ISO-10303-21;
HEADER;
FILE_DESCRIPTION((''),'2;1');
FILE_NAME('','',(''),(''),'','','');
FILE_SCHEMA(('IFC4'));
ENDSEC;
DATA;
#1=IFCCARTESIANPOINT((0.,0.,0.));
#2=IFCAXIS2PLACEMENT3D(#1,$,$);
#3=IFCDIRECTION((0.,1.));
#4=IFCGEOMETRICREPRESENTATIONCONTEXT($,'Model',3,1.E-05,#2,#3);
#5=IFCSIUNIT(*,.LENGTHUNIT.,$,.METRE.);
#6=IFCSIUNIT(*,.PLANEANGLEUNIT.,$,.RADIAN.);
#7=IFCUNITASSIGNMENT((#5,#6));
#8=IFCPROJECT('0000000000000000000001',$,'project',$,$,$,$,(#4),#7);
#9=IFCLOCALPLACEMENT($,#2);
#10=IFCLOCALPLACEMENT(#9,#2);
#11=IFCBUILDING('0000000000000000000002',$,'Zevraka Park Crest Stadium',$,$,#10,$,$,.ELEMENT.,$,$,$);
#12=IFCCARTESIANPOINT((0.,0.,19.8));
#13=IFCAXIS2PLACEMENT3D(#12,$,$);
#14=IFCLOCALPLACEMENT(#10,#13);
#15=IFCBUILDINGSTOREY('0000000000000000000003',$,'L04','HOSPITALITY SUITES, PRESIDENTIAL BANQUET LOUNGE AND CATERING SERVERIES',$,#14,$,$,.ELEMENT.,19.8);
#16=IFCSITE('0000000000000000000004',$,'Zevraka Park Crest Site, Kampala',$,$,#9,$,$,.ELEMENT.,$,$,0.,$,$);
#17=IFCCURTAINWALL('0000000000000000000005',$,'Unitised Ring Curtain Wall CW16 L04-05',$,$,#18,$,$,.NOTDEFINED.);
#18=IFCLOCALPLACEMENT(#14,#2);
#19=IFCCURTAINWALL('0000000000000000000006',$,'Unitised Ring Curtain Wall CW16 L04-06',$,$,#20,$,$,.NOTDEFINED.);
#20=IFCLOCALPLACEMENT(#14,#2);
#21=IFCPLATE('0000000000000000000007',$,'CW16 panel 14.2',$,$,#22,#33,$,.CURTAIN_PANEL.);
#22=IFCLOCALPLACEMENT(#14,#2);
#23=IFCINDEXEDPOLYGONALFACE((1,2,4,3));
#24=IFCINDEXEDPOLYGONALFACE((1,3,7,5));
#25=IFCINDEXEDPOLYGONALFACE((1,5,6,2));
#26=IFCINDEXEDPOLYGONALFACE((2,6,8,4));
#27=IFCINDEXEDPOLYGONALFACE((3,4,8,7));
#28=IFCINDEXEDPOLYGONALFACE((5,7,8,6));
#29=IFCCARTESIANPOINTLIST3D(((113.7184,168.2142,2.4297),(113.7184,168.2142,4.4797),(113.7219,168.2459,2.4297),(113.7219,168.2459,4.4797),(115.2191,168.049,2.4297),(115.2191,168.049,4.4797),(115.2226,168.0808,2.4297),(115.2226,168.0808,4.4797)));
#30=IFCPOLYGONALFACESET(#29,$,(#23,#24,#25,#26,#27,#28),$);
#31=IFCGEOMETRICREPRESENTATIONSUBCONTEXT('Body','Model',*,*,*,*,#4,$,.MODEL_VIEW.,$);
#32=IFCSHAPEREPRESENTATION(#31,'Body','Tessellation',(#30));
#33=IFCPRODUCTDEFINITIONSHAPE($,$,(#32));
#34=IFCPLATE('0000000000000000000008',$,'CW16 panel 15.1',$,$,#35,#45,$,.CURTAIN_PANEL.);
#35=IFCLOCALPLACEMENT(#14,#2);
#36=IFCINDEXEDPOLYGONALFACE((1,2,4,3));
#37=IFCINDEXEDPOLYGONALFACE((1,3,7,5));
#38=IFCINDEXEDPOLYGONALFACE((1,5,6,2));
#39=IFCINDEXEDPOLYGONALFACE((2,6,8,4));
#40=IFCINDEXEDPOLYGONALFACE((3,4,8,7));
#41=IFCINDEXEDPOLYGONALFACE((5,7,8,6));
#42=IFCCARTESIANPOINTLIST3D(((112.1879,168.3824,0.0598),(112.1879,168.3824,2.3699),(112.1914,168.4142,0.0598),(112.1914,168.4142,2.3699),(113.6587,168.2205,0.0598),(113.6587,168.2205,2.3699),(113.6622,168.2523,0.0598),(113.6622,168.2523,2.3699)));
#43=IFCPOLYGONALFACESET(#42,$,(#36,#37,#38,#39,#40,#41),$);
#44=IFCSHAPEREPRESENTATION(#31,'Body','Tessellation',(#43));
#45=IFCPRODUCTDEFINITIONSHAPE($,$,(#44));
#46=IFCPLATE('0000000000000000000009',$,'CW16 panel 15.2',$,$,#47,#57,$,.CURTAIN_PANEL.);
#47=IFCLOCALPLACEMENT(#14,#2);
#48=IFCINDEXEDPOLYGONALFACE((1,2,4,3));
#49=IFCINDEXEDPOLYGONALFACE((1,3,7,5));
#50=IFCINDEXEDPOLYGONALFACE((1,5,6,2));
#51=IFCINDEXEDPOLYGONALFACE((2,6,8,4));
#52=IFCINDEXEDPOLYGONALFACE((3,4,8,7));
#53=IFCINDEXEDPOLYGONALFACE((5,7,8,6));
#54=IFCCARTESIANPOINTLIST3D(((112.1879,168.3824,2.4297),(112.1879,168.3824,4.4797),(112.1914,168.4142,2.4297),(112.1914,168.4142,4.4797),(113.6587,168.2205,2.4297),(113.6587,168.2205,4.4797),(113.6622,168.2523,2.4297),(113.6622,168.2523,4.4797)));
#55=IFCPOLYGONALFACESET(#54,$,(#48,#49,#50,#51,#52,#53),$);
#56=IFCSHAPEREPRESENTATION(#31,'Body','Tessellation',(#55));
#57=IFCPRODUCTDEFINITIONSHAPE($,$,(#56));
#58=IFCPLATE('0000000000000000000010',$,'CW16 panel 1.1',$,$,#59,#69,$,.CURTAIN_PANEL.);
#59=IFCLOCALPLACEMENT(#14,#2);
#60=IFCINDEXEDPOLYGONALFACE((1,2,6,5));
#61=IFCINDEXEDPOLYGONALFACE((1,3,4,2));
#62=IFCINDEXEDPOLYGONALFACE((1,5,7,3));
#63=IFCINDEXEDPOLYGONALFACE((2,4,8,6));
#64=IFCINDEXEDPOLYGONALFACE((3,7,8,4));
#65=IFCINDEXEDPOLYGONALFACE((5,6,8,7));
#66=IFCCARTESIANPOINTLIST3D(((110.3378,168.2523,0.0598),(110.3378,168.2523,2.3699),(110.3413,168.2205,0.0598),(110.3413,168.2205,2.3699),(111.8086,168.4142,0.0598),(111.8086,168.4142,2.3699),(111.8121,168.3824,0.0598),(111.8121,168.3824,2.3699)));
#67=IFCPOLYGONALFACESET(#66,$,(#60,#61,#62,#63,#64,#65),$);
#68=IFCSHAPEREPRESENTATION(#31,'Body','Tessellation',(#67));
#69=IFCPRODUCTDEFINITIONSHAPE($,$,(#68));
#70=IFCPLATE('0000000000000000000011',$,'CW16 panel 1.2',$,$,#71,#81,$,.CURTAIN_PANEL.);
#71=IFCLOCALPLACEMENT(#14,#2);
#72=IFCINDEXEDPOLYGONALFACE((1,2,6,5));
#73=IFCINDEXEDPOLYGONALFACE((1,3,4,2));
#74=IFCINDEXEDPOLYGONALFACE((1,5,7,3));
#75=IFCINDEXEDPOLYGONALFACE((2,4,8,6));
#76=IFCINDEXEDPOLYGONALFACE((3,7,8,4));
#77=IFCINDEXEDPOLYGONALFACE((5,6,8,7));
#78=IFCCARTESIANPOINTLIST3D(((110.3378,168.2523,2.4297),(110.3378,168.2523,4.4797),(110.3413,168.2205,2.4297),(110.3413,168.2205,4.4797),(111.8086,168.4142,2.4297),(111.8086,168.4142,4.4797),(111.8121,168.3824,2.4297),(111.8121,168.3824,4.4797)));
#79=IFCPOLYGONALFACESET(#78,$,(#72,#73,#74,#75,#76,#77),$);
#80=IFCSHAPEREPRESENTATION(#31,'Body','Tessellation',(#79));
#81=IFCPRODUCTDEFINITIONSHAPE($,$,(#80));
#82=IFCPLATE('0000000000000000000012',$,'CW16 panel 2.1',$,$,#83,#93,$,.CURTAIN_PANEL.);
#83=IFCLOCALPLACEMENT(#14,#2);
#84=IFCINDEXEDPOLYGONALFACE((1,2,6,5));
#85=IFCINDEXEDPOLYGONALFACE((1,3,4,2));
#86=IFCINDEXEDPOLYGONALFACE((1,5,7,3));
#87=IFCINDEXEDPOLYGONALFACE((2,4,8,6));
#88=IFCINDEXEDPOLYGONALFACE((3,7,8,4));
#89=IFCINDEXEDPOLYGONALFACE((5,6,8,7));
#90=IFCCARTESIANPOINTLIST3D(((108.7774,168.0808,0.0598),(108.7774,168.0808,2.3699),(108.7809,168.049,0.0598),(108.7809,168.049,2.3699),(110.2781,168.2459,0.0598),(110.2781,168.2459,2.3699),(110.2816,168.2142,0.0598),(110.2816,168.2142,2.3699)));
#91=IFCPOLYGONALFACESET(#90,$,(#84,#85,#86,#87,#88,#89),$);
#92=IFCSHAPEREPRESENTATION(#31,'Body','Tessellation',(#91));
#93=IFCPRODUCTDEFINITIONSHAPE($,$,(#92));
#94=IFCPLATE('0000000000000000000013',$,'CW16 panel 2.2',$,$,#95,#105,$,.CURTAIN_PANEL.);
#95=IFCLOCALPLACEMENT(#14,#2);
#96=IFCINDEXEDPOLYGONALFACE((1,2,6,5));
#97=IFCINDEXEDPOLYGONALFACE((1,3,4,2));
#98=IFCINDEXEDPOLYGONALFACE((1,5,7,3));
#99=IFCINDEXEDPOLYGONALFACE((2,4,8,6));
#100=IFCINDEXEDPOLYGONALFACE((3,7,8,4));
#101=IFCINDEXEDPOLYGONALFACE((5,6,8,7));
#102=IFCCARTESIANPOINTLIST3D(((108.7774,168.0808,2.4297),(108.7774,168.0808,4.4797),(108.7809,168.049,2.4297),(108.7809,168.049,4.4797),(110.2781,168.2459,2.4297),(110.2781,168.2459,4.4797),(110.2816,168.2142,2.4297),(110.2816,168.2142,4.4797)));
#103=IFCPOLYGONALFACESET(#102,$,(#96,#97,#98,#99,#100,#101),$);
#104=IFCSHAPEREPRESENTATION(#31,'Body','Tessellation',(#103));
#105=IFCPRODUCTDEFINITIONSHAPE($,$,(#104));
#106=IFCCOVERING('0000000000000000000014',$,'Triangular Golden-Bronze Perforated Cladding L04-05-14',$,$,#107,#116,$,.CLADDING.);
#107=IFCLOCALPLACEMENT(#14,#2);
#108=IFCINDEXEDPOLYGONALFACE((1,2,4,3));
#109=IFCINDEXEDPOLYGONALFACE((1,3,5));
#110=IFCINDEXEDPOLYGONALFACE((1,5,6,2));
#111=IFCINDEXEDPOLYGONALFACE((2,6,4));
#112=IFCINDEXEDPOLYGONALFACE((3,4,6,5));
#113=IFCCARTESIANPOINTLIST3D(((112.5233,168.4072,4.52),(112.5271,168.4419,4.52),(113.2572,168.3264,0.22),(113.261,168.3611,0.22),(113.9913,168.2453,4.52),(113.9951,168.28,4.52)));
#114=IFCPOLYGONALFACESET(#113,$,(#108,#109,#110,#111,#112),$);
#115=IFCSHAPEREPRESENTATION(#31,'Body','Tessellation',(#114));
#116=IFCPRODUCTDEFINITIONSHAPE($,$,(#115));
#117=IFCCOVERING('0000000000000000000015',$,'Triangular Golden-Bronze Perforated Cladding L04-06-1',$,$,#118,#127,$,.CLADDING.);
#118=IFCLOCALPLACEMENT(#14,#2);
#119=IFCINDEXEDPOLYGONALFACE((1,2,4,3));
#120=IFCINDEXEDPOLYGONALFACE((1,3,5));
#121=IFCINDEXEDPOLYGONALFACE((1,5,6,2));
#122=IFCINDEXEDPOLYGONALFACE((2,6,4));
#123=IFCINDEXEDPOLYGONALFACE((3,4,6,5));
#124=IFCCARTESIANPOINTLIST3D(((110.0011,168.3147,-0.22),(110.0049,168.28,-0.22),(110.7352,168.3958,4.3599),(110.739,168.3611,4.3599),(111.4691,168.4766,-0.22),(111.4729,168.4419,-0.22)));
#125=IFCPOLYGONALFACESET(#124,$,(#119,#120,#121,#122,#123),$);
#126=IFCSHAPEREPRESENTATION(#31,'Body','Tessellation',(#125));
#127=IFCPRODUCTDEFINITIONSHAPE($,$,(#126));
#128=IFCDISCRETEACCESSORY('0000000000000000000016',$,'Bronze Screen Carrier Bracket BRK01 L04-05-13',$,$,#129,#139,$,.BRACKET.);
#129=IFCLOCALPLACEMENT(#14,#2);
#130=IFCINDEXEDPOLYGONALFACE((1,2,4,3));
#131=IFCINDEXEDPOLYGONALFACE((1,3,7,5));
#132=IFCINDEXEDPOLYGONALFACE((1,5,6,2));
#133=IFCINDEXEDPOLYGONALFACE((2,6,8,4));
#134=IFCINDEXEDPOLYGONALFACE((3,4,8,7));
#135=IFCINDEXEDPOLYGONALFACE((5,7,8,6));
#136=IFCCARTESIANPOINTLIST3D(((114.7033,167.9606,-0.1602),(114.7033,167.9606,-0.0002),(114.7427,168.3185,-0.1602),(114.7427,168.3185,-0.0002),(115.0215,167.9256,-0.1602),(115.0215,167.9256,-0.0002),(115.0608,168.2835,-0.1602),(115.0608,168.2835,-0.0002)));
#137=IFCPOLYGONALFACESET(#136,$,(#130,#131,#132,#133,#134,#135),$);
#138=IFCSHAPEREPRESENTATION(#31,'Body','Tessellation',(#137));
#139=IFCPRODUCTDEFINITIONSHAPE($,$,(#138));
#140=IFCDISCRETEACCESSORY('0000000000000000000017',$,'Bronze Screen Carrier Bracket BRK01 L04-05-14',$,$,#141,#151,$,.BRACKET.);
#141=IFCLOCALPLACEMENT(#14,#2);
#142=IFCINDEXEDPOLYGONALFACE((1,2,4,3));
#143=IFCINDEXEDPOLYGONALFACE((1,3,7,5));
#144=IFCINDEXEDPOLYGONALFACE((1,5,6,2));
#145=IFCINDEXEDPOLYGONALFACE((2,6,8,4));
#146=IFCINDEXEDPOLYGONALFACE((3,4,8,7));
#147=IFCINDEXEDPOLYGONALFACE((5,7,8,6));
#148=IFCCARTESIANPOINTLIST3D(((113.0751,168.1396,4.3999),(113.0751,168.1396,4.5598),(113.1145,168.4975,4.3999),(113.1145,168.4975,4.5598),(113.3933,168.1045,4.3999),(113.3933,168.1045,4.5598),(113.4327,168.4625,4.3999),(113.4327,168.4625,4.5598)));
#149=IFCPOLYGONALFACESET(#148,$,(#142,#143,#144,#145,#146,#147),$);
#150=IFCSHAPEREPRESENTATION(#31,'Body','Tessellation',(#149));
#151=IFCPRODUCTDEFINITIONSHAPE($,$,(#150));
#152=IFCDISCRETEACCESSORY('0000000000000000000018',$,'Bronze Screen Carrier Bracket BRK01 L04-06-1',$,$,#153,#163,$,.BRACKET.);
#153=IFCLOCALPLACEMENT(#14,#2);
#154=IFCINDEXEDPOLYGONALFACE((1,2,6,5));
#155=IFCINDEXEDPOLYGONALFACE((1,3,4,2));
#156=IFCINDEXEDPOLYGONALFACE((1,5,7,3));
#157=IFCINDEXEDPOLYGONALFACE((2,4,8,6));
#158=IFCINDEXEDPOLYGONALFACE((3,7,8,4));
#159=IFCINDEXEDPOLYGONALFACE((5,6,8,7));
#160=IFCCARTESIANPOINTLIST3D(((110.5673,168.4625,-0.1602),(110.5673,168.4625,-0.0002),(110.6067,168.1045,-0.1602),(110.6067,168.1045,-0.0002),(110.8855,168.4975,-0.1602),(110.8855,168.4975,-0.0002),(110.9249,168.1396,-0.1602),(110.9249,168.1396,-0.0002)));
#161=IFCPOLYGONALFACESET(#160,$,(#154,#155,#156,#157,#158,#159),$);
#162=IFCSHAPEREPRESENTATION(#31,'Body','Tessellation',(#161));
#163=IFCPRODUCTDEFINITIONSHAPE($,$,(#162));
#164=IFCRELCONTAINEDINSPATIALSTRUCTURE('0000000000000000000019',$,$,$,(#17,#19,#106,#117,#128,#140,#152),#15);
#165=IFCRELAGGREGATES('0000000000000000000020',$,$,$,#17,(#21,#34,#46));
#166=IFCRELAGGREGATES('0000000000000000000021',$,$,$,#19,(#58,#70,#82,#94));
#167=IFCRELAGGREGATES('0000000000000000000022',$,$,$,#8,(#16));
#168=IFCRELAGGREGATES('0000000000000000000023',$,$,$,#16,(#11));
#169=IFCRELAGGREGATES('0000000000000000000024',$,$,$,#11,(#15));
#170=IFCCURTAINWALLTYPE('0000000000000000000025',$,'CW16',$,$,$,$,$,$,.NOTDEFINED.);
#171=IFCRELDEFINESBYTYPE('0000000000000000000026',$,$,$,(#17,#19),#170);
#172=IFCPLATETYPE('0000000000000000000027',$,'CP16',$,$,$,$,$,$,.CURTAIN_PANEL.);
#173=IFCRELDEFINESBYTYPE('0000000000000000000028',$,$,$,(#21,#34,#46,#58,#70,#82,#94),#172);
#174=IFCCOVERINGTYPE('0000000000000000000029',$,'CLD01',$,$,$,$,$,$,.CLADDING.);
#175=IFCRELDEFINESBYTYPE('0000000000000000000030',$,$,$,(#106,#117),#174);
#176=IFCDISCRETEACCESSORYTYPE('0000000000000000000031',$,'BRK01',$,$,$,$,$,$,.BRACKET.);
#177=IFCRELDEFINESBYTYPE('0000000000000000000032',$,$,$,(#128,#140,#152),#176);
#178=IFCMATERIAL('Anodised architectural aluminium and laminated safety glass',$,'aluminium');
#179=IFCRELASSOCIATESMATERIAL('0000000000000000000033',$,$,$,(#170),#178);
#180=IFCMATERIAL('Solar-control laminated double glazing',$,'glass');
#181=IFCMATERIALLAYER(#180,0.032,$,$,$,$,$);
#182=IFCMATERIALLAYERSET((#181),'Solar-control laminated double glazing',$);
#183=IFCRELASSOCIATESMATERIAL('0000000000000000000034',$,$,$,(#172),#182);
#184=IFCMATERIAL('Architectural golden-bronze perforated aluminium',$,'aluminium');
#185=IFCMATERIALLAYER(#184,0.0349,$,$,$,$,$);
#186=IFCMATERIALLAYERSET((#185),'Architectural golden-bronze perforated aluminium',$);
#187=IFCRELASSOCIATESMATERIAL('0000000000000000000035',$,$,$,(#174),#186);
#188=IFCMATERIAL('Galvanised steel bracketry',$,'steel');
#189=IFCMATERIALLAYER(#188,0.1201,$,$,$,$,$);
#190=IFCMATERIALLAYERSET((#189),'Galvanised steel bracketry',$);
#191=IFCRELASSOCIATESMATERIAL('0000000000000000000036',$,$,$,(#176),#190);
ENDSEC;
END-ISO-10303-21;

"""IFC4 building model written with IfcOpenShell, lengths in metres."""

from ifc_helpers import new_model, si_unit, direction, frame, origin, origin_2d, place, context, subcontext, project, spatial, polyline, rectangle, outline, extrude, material, layer, layer_set, type_object, element, aggregate, save


model = new_model("IFC4")

# Units and contexts
model_context = context("Model", 3, precision=1e-05, world=origin(), true_north=direction((0.0, 1.0)))
body_context = subcontext(model_context, "Body", "Model", "MODEL_VIEW")
ifc_project = project(units=[si_unit("LENGTHUNIT", "METRE"), si_unit("PLANEANGLEUNIT", "RADIAN")], contexts=[model_context])

# Site, building, storey
site_placement = place(None, origin())
site = spatial("IfcSite", under=ifc_project, at=site_placement, Name="Zevraka Park Crest Site, Kampala", CompositionType="ELEMENT", RefElevation=0.0)
building_placement = place(site_placement, origin())
building = spatial("IfcBuilding", under=site, at=building_placement, Name="Zevraka Park Crest Stadium", CompositionType="ELEMENT")
storey_placement = place(building_placement, frame((0.0, 0.0, 19.8)))
storey = spatial("IfcBuildingStorey", under=building, at=storey_placement, Name="L04", Description="HOSPITALITY SUITES, PRESIDENTIAL BANQUET LOUNGE AND CATERING SERVERIES", CompositionType="ELEMENT", Elevation=19.8)

# Curtain walls
ifc_material_1 = material(Name="Anodised architectural aluminium and laminated safety glass", Category="aluminium")
curtain_wall_type = type_object("IfcCurtainWallType", Name="CW16", PredefinedType="NOTDEFINED", material=ifc_material_1)
curtain_wall_1_placement = place(storey_placement, origin())
curtain_wall_1 = element("IfcCurtainWall", 1, at=curtain_wall_1_placement, inside=storey, type_object=curtain_wall_type, Name="Unitised Ring Curtain Wall CW16 L04-05", PredefinedType="NOTDEFINED")
curtain_wall_2_placement = place(storey_placement, origin())
curtain_wall_2 = element("IfcCurtainWall", 2, at=curtain_wall_2_placement, inside=storey, type_object=curtain_wall_type, Name="Unitised Ring Curtain Wall CW16 L04-06", PredefinedType="NOTDEFINED")

# Plates
ifc_material_2 = material(Name="Solar-control laminated double glazing", Category="glass")
ifc_layer_1 = layer(ifc_material_2, 0.032)
ifc_layer_set_1 = layer_set([ifc_layer_1], Name="Solar-control laminated double glazing")
plate_type = type_object("IfcPlateType", Name="CP16", PredefinedType="CURTAIN_PANEL", material=ifc_layer_set_1)
plate_1_placement = place(storey_placement, frame((114.4705, 168.1475, 2.4297), z_axis=(0.0, 0.0, 1.0), x_axis=(-0.993997, 0.109406, 0.0)))
plate_1 = element("IfcPlate", 3, at=plate_1_placement, type_object=plate_type, Name="CW16 panel 14.2", PredefinedType="CURTAIN_PANEL", context=body_context, shape_type="SweptSolid", body=[
    extrude(rectangle(XDim=1.5098, YDim=0.032, at=origin_2d()), origin(), (0.0, 0.0, 1.0), 2.05),
])
plate_2_placement = place(storey_placement, frame((112.925, 168.3174, 0.0598), z_axis=(0.0, 0.0, 1.0), x_axis=(-0.993997, 0.109406, 0.0)))
plate_2 = element("IfcPlate", 4, at=plate_2_placement, type_object=plate_type, Name="CW16 panel 15.1", PredefinedType="CURTAIN_PANEL", context=body_context, shape_type="SweptSolid", body=[
    extrude(rectangle(XDim=1.4797, YDim=0.032, at=origin_2d()), origin(), (0.0, 0.0, 1.0), 2.3101),
])
plate_3_placement = place(storey_placement, frame((112.925, 168.3174, 2.4297), z_axis=(0.0, 0.0, 1.0), x_axis=(-0.993997, 0.109406, 0.0)))
plate_3 = element("IfcPlate", 5, at=plate_3_placement, type_object=plate_type, Name="CW16 panel 15.2", PredefinedType="CURTAIN_PANEL", context=body_context, shape_type="SweptSolid", body=[
    extrude(rectangle(XDim=1.4797, YDim=0.032, at=origin_2d()), origin(), (0.0, 0.0, 1.0), 2.05),
])
aggregate(curtain_wall_1, [plate_1, plate_2, plate_3])
plate_4_placement = place(storey_placement, frame((111.075, 168.3174, 0.0598), z_axis=(0.0, 0.0, 1.0), x_axis=(-0.993997, -0.109406, 0.0)))
plate_4 = element("IfcPlate", 6, at=plate_4_placement, type_object=plate_type, Name="CW16 panel 1.1", PredefinedType="CURTAIN_PANEL", context=body_context, shape_type="SweptSolid", body=[
    extrude(rectangle(XDim=1.4797, YDim=0.032, at=origin_2d()), origin(), (0.0, 0.0, 1.0), 2.3101),
])
plate_5_placement = place(storey_placement, frame((111.075, 168.3174, 2.4297), z_axis=(0.0, 0.0, 1.0), x_axis=(-0.993997, -0.109406, 0.0)))
plate_5 = element("IfcPlate", 7, at=plate_5_placement, type_object=plate_type, Name="CW16 panel 1.2", PredefinedType="CURTAIN_PANEL", context=body_context, shape_type="SweptSolid", body=[
    extrude(rectangle(XDim=1.4797, YDim=0.032, at=origin_2d()), origin(), (0.0, 0.0, 1.0), 2.05),
])
plate_6_placement = place(storey_placement, frame((109.5295, 168.1475, 0.0598), z_axis=(0.0, 0.0, 1.0), x_axis=(-0.993997, -0.109406, 0.0)))
plate_6 = element("IfcPlate", 8, at=plate_6_placement, type_object=plate_type, Name="CW16 panel 2.1", PredefinedType="CURTAIN_PANEL", context=body_context, shape_type="SweptSolid", body=[
    extrude(rectangle(XDim=1.5098, YDim=0.032, at=origin_2d()), origin(), (0.0, 0.0, 1.0), 2.3101),
])
plate_7_placement = place(storey_placement, frame((109.5295, 168.1475, 2.4297), z_axis=(0.0, 0.0, 1.0), x_axis=(-0.993997, -0.109406, 0.0)))
plate_7 = element("IfcPlate", 9, at=plate_7_placement, type_object=plate_type, Name="CW16 panel 2.2", PredefinedType="CURTAIN_PANEL", context=body_context, shape_type="SweptSolid", body=[
    extrude(rectangle(XDim=1.5098, YDim=0.032, at=origin_2d()), origin(), (0.0, 0.0, 1.0), 2.05),
])
aggregate(curtain_wall_2, [plate_4, plate_5, plate_6, plate_7])

# Coverings
ifc_material_3 = material(Name="Architectural golden-bronze perforated aluminium", Category="aluminium")
ifc_layer_2 = layer(ifc_material_3, 0.0349)
ifc_layer_set_2 = layer_set([ifc_layer_2], Name="Architectural golden-bronze perforated aluminium")
covering_type = type_object("IfcCoveringType", Name="CLD01", PredefinedType="CLADDING", material=ifc_layer_set_2)
covering_1_placement = place(storey_placement, frame((112.5271, 168.4419, 4.52), z_axis=(0.109597, 0.993976, 0.000025), x_axis=(0.993976, -0.109597, 0.0)))
element("IfcCovering", 10, at=covering_1_placement, inside=storey, type_object=covering_type, Name="Triangular Golden-Bronze Perforated Cladding L04-05-14", PredefinedType="CLADDING", context=body_context, shape_type="SweptSolid", body=[
    extrude(outline(polyline([(0.0, 0.0), (1.4769, 0.0), (0.7383, 4.3), (0.0, 0.0)])), origin(), (0.0, 0.0, -1.0), 0.0349),
])
covering_2_placement = place(storey_placement, frame((111.4729, 168.4419, -0.22), z_axis=(0.109597, -0.993976, 0.000024), x_axis=(-0.993976, -0.109597, 0.0)))
element("IfcCovering", 11, at=covering_2_placement, inside=storey, type_object=covering_type, Name="Triangular Golden-Bronze Perforated Cladding L04-06-1", PredefinedType="CLADDING", context=body_context, shape_type="SweptSolid", body=[
    extrude(outline(polyline([(0.0, 0.0), (1.4769, 0.0), (0.7383, -4.5798), (0.0, 0.0)])), origin(), (0.0, 0.0, -1.0), 0.0349),
])

# Discrete accessories
ifc_material_4 = material(Name="Galvanised steel bracketry", Category="steel")
ifc_layer_3 = layer(ifc_material_4, 0.1201)
ifc_layer_set_3 = layer_set([ifc_layer_3], Name="Galvanised steel bracketry")
discrete_accessory_type = type_object("IfcDiscreteAccessoryType", Name="BRK01", PredefinedType="BRACKET", material=ifc_layer_set_3)
for number, where, z_axis, x_axis, name in (
    (12, (114.8821, 168.1221, -0.1602), (0.0, 0.0, 1.0), (-0.993999, 0.109387, 0.0), "Bronze Screen Carrier Bracket BRK01 L04-05-13"),
    (13, (113.2539, 168.301, 4.3999), (0.0, 0.0, 1.0), (-0.993999, 0.109387, 0.0), "Bronze Screen Carrier Bracket BRK01 L04-05-14"),
    (14, (110.7461, 168.301, -0.1602), (0.0, 0.0, 1.0), (-0.993999, -0.109387, 0.0), "Bronze Screen Carrier Bracket BRK01 L04-06-1"),
):
    element("IfcDiscreteAccessory", number, at=place(storey_placement, frame(where, z_axis=z_axis, x_axis=x_axis)), inside=storey, type_object=discrete_accessory_type, Name=name, PredefinedType="BRACKET", context=body_context, shape_type="SweptSolid", body=[
        extrude(rectangle(XDim=0.3201, YDim=0.3601, at=origin_2d()), origin(), (0.0, 0.0, 1.0), 0.1599),
    ])

save(model, "model.ifc")
